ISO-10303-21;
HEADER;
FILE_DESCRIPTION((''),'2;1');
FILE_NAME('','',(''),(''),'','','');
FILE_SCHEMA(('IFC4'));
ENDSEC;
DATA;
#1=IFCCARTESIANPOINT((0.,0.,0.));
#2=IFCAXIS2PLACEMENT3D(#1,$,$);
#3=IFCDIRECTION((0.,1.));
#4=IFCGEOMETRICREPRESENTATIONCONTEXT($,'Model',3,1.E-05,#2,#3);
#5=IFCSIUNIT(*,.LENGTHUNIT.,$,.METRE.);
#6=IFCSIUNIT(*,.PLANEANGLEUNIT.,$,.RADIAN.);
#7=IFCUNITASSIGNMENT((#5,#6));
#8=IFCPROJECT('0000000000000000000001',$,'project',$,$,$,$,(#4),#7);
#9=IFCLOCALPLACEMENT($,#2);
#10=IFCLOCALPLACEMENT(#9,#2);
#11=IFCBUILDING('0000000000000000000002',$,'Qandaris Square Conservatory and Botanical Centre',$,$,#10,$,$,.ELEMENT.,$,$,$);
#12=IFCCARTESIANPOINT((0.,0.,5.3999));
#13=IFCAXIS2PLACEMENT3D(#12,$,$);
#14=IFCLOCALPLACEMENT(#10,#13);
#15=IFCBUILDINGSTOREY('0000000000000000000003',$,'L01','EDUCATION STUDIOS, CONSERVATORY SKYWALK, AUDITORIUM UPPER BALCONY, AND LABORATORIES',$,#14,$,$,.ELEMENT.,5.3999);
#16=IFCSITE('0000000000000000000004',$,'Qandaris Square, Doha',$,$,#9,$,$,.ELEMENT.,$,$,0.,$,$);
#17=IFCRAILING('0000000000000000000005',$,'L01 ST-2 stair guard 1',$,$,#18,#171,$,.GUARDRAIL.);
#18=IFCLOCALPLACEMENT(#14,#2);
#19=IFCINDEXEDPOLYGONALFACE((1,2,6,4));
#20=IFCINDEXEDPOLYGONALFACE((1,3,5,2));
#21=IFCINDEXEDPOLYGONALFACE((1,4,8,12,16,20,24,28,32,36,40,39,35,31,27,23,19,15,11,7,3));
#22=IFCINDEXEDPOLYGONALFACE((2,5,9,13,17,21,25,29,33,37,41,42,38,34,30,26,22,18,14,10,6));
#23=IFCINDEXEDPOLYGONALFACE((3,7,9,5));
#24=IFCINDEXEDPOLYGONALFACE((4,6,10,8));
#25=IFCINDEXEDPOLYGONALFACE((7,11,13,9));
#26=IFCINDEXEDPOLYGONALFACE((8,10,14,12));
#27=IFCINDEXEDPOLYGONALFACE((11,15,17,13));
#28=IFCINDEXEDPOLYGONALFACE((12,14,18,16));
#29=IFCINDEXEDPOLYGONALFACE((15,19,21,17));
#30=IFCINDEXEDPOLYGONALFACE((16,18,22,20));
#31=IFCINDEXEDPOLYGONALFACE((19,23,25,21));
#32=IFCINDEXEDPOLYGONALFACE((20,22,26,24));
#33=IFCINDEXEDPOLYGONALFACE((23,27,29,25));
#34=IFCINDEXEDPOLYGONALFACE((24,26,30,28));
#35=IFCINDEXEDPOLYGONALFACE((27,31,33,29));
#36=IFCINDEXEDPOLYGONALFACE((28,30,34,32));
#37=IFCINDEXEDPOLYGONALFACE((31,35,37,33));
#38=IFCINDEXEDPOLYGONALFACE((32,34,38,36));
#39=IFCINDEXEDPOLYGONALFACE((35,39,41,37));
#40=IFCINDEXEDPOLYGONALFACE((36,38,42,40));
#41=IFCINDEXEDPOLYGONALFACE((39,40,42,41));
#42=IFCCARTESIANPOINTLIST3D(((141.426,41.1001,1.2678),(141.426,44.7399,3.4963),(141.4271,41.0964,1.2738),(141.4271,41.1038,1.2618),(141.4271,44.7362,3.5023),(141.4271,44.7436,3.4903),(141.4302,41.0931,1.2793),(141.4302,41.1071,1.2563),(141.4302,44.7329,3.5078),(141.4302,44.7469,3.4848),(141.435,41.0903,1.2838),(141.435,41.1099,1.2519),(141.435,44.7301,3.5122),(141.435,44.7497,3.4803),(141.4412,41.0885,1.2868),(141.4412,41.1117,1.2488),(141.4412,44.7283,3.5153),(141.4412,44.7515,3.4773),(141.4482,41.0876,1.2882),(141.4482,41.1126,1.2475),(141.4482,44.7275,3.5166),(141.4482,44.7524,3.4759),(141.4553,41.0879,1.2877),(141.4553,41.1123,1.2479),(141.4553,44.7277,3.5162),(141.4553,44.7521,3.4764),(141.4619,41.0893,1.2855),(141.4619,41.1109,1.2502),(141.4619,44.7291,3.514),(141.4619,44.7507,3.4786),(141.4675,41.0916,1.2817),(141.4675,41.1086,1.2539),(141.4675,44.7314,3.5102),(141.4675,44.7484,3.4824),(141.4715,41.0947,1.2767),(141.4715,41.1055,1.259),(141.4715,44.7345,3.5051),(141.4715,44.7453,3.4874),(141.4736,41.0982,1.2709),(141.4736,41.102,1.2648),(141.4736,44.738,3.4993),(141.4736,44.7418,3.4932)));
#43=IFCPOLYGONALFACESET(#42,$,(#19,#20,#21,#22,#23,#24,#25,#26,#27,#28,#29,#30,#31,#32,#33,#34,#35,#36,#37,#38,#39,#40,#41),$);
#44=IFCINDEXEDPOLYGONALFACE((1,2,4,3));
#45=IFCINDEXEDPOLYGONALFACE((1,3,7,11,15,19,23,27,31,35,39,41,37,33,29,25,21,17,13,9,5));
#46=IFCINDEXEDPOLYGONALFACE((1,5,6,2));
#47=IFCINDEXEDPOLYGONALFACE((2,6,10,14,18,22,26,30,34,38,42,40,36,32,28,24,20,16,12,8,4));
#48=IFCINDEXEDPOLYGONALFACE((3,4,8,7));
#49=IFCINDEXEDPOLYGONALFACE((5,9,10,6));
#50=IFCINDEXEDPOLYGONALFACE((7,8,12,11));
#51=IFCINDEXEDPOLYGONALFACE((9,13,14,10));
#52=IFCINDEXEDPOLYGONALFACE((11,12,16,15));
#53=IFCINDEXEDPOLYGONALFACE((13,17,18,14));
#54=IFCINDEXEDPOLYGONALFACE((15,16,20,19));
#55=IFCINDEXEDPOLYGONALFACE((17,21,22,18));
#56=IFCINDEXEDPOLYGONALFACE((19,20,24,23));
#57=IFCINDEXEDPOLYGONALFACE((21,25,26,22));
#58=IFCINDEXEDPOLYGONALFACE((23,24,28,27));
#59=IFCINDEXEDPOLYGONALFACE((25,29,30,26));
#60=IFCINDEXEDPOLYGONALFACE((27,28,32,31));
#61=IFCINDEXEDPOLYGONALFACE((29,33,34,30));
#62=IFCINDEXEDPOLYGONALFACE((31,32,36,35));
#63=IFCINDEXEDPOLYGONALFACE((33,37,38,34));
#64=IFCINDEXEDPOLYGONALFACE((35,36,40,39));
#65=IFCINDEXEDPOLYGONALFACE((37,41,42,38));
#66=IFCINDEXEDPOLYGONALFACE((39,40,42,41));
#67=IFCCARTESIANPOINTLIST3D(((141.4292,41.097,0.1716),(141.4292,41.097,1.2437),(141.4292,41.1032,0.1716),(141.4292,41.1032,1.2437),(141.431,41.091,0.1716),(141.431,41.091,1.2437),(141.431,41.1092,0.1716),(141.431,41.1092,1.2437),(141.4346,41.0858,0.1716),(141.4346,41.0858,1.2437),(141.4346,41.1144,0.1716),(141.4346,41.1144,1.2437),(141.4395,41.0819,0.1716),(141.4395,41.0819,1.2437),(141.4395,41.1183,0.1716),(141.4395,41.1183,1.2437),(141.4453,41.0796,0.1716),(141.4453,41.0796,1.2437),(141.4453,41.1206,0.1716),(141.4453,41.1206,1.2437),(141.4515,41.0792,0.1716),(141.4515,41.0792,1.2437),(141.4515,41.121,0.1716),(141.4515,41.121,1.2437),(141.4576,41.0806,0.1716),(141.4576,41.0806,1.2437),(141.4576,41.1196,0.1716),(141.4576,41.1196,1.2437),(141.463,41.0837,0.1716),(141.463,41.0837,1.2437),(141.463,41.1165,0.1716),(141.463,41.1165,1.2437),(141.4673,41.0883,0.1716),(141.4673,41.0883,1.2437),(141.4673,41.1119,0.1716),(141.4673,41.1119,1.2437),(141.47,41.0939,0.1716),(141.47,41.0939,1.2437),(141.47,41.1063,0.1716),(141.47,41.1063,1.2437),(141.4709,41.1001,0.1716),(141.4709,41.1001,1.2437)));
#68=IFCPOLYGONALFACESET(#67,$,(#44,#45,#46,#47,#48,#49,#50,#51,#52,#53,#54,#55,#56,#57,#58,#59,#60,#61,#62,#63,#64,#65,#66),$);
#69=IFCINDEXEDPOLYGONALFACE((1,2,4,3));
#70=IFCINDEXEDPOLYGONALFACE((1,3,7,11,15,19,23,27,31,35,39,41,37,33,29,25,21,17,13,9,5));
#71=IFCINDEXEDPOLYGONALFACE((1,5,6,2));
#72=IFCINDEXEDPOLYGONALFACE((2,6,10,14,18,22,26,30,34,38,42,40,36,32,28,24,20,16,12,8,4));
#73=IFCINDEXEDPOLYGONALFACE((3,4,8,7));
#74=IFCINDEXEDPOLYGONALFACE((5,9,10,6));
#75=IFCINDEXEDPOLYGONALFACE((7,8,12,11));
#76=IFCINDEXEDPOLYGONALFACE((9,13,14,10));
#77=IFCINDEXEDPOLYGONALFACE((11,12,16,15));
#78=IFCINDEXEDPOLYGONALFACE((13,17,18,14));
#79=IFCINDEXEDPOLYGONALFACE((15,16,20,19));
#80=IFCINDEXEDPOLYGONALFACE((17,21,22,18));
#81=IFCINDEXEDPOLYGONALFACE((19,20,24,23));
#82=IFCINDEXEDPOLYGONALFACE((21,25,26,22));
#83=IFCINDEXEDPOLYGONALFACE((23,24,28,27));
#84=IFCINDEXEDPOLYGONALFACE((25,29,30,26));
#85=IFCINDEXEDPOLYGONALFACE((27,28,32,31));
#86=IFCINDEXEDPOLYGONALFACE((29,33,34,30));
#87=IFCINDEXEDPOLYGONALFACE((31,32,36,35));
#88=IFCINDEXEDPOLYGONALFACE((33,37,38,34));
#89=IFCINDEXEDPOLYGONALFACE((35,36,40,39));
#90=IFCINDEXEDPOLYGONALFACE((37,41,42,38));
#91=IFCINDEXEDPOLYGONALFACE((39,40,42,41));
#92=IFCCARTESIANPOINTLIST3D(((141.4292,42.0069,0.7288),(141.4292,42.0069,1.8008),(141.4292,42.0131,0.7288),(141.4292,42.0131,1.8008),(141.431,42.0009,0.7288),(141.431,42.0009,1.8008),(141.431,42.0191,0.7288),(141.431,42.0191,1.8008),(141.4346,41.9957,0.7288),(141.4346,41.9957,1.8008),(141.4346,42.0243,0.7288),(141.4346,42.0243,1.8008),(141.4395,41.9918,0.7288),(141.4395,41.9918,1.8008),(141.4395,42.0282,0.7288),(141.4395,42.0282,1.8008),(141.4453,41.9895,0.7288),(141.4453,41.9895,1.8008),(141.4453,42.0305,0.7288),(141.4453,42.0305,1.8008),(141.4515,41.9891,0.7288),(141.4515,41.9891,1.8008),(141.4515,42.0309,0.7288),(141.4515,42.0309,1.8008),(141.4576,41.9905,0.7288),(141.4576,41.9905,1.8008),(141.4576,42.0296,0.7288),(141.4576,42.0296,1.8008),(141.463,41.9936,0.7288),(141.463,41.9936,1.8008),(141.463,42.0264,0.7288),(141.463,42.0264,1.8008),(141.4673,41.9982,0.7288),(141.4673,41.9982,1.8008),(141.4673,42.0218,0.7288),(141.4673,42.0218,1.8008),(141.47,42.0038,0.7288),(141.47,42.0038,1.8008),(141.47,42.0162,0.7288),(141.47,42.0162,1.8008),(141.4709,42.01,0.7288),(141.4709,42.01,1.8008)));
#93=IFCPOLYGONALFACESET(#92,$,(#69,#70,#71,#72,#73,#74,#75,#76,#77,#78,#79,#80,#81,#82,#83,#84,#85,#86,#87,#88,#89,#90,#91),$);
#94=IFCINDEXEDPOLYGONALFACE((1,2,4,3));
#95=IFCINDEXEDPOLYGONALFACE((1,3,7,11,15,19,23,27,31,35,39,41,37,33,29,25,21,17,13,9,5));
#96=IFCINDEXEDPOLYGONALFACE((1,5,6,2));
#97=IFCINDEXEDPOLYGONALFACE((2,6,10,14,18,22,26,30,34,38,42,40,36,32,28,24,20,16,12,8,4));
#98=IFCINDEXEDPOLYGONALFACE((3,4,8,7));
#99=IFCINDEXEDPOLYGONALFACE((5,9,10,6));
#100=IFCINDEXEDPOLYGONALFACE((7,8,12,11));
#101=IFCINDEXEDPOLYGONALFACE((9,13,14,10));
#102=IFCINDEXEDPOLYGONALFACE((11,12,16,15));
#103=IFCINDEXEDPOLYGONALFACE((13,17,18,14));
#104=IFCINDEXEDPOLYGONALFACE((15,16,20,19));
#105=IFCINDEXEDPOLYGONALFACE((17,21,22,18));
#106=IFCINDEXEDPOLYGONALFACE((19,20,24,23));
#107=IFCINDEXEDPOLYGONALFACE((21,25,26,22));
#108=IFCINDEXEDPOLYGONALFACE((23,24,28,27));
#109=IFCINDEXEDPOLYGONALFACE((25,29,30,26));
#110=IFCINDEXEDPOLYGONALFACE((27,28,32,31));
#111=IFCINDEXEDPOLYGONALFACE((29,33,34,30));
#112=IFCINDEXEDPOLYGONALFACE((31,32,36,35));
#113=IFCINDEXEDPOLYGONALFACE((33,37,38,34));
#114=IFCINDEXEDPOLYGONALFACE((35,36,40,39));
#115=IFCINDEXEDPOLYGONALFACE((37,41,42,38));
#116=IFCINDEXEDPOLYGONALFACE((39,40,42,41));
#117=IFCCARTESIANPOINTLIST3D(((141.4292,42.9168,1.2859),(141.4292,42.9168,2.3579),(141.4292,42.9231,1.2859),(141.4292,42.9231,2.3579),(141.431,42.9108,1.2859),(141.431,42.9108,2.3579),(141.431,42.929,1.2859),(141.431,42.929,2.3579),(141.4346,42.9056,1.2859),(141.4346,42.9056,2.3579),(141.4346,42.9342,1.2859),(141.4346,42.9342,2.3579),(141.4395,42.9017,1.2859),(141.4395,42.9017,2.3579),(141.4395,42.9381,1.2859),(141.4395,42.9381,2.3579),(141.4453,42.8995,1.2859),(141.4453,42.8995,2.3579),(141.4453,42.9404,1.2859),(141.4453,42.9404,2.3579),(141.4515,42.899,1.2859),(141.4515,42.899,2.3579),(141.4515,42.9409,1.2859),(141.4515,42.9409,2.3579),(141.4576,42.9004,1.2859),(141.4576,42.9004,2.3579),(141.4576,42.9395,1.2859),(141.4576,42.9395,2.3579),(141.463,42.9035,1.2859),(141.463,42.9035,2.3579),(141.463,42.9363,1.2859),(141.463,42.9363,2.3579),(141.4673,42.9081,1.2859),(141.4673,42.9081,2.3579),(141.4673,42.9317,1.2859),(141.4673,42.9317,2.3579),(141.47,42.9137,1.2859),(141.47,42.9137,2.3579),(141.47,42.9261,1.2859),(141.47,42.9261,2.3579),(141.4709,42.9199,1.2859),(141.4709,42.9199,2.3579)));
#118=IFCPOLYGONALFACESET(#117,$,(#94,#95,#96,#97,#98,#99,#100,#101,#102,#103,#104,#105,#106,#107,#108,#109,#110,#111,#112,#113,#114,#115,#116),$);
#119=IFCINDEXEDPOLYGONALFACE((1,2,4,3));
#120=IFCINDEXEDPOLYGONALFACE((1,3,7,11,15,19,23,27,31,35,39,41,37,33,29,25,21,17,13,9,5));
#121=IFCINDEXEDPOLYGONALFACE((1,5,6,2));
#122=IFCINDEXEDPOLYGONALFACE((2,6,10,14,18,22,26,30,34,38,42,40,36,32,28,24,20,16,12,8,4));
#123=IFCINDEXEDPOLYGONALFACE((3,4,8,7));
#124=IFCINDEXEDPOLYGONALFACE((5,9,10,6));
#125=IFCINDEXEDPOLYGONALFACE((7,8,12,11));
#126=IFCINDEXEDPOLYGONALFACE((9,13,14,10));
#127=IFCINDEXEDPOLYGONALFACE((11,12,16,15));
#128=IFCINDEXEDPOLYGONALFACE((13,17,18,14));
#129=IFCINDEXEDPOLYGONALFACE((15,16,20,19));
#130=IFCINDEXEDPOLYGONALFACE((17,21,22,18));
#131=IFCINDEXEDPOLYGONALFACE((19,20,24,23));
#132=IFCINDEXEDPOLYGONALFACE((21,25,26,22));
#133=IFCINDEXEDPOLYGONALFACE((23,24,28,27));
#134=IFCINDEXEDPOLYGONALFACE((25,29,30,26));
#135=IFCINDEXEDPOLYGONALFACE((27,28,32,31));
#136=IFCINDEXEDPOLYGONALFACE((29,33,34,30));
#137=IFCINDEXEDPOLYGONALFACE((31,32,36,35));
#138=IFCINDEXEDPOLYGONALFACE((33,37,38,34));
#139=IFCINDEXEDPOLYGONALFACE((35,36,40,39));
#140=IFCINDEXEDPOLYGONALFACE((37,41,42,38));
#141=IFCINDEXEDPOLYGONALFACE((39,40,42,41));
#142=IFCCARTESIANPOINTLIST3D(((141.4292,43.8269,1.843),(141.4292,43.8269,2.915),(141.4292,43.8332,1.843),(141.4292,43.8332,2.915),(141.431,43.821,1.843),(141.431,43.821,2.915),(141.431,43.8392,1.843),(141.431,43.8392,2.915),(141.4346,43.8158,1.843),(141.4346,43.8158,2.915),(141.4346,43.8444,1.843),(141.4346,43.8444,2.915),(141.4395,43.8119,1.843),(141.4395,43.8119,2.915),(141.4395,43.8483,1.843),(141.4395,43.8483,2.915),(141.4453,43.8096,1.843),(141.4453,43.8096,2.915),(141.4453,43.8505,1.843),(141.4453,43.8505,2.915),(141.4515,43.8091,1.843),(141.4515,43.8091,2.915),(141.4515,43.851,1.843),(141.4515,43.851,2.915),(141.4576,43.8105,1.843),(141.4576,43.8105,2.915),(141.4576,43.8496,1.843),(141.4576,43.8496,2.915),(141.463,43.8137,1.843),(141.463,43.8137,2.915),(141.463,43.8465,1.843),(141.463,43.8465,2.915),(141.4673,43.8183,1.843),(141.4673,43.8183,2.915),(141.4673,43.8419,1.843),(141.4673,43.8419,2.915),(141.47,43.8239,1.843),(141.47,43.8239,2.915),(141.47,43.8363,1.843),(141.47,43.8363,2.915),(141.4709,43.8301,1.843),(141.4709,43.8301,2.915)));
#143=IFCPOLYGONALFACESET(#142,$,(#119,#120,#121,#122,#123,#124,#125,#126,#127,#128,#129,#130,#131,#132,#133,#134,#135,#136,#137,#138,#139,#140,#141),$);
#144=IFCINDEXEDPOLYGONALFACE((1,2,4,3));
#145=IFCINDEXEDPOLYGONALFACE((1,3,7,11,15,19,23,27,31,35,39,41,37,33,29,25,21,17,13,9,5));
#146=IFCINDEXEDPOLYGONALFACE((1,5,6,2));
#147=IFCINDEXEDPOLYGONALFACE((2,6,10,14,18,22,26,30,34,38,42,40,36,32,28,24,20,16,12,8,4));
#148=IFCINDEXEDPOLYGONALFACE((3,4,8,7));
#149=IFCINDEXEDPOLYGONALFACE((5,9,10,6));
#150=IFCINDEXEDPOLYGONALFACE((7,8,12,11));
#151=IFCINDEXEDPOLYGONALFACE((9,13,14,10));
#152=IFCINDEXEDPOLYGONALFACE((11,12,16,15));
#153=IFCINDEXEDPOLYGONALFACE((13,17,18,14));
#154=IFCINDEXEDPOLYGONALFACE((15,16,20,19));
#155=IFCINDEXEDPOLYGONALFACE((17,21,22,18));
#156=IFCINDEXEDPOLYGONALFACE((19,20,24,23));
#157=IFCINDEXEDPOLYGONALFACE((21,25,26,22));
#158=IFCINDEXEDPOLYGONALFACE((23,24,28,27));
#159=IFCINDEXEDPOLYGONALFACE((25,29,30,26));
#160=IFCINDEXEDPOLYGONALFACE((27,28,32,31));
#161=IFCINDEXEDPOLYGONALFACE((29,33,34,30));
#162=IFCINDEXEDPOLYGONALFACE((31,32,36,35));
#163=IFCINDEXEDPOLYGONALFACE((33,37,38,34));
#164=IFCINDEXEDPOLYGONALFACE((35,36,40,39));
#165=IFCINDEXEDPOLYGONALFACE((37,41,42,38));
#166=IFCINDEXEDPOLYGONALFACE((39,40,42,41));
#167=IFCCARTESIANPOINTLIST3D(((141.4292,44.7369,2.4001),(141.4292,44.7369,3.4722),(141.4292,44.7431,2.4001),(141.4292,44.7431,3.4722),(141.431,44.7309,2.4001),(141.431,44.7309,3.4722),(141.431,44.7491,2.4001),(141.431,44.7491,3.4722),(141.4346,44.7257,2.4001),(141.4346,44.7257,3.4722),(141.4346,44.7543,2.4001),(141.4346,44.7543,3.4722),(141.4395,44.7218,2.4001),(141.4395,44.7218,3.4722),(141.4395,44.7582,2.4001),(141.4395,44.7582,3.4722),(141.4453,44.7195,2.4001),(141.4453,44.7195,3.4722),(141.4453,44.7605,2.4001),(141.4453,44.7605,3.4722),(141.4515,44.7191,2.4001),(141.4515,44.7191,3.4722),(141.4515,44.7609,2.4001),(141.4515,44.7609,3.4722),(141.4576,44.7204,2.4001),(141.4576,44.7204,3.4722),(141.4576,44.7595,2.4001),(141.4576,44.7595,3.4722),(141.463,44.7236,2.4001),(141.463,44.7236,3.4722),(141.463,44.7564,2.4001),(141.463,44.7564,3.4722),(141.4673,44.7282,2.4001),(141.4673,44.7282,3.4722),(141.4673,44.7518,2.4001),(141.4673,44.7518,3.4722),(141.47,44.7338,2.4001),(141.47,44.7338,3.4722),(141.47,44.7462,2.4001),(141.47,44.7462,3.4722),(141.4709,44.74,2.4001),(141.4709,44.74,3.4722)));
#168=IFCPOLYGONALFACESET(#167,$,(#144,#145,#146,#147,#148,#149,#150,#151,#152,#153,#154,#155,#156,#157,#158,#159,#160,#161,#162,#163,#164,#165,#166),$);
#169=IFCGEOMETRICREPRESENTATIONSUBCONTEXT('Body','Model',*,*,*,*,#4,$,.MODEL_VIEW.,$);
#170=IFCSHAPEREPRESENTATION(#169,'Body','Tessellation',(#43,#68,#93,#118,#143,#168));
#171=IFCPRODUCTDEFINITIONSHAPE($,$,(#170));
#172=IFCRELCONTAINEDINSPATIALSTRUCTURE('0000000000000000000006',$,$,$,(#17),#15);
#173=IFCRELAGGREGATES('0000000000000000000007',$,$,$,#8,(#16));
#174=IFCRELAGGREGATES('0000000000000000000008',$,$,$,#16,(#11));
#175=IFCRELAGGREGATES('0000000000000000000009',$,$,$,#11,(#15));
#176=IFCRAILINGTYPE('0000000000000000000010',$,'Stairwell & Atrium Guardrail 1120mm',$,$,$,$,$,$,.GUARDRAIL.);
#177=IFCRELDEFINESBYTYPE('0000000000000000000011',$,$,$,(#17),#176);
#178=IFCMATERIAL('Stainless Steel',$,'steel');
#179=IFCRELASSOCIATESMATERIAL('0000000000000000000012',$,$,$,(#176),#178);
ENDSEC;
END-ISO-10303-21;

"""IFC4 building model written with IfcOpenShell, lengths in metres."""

from ifc_helpers import new_model, si_unit, direction, frame, origin, origin_2d, place, context, subcontext, project, spatial, circle, extrude, material, type_object, element, save


model = new_model("IFC4")

# Units and contexts
model_context = context("Model", 3, precision=1e-05, world=origin(), true_north=direction((0.0, 1.0)))
body_context = subcontext(model_context, "Body", "Model", "MODEL_VIEW")
ifc_project = project(units=[si_unit("LENGTHUNIT", "METRE"), si_unit("PLANEANGLEUNIT", "RADIAN")], contexts=[model_context])

# Site, building, storey
site_placement = place(None, origin())
site = spatial("IfcSite", under=ifc_project, at=site_placement, Name="Qandaris Square, Doha", CompositionType="ELEMENT", RefElevation=0.0)
building_placement = place(site_placement, origin())
building = spatial("IfcBuilding", under=site, at=building_placement, Name="Qandaris Square Conservatory and Botanical Centre", CompositionType="ELEMENT")
storey_placement = place(building_placement, frame((0.0, 0.0, 5.3999)))
storey = spatial("IfcBuildingStorey", under=building, at=storey_placement, Name="L01", Description="EDUCATION STUDIOS, CONSERVATORY SKYWALK, AUDITORIUM UPPER BALCONY, AND LABORATORIES", CompositionType="ELEMENT", Elevation=5.3999)

# Railing
ifc_material_1 = material(Name="Stainless Steel", Category="steel")
railing_type_1 = type_object("IfcRailingType", Name="Stairwell & Atrium Guardrail 1120mm", PredefinedType="GUARDRAIL", material=ifc_material_1)
railing_1_placement = place(storey_placement, frame((141.45, 41.1001, 0.1716)))
element("IfcRailing", 1, at=railing_1_placement, inside=storey, type_object=railing_type_1, Name="L01 ST-2 stair guard 1", PredefinedType="GUARDRAIL", context=body_context, shape_type="SweptSolid", body=[
    extrude(circle(Radius=0.0239, at=origin_2d()), frame((0.0, 0.0, 1.0962), z_axis=(0.0, 0.85285, 0.522156), x_axis=(-1.0, 0.0, 0.0)), (0.0, 0.0, 1.0), 4.2678),
    extrude(circle(Radius=0.021, at=origin_2d()), origin(), (0.0, 0.0, 1.0), 1.072),
    extrude(circle(Radius=0.021, at=origin_2d()), frame((0.0, 0.9099, 0.5571)), (0.0, 0.0, 1.0), 1.072),
    extrude(circle(Radius=0.021, at=origin_2d()), frame((0.0, 1.8198, 1.1143)), (0.0, 0.0, 1.0), 1.072),
    extrude(circle(Radius=0.021, at=origin_2d()), frame((0.0, 2.73, 1.6714)), (0.0, 0.0, 1.0), 1.072),
    extrude(circle(Radius=0.021, at=origin_2d()), frame((0.0, 3.6399, 2.2285)), (0.0, 0.0, 1.0), 1.072),
])

save(model, "model.ifc")
